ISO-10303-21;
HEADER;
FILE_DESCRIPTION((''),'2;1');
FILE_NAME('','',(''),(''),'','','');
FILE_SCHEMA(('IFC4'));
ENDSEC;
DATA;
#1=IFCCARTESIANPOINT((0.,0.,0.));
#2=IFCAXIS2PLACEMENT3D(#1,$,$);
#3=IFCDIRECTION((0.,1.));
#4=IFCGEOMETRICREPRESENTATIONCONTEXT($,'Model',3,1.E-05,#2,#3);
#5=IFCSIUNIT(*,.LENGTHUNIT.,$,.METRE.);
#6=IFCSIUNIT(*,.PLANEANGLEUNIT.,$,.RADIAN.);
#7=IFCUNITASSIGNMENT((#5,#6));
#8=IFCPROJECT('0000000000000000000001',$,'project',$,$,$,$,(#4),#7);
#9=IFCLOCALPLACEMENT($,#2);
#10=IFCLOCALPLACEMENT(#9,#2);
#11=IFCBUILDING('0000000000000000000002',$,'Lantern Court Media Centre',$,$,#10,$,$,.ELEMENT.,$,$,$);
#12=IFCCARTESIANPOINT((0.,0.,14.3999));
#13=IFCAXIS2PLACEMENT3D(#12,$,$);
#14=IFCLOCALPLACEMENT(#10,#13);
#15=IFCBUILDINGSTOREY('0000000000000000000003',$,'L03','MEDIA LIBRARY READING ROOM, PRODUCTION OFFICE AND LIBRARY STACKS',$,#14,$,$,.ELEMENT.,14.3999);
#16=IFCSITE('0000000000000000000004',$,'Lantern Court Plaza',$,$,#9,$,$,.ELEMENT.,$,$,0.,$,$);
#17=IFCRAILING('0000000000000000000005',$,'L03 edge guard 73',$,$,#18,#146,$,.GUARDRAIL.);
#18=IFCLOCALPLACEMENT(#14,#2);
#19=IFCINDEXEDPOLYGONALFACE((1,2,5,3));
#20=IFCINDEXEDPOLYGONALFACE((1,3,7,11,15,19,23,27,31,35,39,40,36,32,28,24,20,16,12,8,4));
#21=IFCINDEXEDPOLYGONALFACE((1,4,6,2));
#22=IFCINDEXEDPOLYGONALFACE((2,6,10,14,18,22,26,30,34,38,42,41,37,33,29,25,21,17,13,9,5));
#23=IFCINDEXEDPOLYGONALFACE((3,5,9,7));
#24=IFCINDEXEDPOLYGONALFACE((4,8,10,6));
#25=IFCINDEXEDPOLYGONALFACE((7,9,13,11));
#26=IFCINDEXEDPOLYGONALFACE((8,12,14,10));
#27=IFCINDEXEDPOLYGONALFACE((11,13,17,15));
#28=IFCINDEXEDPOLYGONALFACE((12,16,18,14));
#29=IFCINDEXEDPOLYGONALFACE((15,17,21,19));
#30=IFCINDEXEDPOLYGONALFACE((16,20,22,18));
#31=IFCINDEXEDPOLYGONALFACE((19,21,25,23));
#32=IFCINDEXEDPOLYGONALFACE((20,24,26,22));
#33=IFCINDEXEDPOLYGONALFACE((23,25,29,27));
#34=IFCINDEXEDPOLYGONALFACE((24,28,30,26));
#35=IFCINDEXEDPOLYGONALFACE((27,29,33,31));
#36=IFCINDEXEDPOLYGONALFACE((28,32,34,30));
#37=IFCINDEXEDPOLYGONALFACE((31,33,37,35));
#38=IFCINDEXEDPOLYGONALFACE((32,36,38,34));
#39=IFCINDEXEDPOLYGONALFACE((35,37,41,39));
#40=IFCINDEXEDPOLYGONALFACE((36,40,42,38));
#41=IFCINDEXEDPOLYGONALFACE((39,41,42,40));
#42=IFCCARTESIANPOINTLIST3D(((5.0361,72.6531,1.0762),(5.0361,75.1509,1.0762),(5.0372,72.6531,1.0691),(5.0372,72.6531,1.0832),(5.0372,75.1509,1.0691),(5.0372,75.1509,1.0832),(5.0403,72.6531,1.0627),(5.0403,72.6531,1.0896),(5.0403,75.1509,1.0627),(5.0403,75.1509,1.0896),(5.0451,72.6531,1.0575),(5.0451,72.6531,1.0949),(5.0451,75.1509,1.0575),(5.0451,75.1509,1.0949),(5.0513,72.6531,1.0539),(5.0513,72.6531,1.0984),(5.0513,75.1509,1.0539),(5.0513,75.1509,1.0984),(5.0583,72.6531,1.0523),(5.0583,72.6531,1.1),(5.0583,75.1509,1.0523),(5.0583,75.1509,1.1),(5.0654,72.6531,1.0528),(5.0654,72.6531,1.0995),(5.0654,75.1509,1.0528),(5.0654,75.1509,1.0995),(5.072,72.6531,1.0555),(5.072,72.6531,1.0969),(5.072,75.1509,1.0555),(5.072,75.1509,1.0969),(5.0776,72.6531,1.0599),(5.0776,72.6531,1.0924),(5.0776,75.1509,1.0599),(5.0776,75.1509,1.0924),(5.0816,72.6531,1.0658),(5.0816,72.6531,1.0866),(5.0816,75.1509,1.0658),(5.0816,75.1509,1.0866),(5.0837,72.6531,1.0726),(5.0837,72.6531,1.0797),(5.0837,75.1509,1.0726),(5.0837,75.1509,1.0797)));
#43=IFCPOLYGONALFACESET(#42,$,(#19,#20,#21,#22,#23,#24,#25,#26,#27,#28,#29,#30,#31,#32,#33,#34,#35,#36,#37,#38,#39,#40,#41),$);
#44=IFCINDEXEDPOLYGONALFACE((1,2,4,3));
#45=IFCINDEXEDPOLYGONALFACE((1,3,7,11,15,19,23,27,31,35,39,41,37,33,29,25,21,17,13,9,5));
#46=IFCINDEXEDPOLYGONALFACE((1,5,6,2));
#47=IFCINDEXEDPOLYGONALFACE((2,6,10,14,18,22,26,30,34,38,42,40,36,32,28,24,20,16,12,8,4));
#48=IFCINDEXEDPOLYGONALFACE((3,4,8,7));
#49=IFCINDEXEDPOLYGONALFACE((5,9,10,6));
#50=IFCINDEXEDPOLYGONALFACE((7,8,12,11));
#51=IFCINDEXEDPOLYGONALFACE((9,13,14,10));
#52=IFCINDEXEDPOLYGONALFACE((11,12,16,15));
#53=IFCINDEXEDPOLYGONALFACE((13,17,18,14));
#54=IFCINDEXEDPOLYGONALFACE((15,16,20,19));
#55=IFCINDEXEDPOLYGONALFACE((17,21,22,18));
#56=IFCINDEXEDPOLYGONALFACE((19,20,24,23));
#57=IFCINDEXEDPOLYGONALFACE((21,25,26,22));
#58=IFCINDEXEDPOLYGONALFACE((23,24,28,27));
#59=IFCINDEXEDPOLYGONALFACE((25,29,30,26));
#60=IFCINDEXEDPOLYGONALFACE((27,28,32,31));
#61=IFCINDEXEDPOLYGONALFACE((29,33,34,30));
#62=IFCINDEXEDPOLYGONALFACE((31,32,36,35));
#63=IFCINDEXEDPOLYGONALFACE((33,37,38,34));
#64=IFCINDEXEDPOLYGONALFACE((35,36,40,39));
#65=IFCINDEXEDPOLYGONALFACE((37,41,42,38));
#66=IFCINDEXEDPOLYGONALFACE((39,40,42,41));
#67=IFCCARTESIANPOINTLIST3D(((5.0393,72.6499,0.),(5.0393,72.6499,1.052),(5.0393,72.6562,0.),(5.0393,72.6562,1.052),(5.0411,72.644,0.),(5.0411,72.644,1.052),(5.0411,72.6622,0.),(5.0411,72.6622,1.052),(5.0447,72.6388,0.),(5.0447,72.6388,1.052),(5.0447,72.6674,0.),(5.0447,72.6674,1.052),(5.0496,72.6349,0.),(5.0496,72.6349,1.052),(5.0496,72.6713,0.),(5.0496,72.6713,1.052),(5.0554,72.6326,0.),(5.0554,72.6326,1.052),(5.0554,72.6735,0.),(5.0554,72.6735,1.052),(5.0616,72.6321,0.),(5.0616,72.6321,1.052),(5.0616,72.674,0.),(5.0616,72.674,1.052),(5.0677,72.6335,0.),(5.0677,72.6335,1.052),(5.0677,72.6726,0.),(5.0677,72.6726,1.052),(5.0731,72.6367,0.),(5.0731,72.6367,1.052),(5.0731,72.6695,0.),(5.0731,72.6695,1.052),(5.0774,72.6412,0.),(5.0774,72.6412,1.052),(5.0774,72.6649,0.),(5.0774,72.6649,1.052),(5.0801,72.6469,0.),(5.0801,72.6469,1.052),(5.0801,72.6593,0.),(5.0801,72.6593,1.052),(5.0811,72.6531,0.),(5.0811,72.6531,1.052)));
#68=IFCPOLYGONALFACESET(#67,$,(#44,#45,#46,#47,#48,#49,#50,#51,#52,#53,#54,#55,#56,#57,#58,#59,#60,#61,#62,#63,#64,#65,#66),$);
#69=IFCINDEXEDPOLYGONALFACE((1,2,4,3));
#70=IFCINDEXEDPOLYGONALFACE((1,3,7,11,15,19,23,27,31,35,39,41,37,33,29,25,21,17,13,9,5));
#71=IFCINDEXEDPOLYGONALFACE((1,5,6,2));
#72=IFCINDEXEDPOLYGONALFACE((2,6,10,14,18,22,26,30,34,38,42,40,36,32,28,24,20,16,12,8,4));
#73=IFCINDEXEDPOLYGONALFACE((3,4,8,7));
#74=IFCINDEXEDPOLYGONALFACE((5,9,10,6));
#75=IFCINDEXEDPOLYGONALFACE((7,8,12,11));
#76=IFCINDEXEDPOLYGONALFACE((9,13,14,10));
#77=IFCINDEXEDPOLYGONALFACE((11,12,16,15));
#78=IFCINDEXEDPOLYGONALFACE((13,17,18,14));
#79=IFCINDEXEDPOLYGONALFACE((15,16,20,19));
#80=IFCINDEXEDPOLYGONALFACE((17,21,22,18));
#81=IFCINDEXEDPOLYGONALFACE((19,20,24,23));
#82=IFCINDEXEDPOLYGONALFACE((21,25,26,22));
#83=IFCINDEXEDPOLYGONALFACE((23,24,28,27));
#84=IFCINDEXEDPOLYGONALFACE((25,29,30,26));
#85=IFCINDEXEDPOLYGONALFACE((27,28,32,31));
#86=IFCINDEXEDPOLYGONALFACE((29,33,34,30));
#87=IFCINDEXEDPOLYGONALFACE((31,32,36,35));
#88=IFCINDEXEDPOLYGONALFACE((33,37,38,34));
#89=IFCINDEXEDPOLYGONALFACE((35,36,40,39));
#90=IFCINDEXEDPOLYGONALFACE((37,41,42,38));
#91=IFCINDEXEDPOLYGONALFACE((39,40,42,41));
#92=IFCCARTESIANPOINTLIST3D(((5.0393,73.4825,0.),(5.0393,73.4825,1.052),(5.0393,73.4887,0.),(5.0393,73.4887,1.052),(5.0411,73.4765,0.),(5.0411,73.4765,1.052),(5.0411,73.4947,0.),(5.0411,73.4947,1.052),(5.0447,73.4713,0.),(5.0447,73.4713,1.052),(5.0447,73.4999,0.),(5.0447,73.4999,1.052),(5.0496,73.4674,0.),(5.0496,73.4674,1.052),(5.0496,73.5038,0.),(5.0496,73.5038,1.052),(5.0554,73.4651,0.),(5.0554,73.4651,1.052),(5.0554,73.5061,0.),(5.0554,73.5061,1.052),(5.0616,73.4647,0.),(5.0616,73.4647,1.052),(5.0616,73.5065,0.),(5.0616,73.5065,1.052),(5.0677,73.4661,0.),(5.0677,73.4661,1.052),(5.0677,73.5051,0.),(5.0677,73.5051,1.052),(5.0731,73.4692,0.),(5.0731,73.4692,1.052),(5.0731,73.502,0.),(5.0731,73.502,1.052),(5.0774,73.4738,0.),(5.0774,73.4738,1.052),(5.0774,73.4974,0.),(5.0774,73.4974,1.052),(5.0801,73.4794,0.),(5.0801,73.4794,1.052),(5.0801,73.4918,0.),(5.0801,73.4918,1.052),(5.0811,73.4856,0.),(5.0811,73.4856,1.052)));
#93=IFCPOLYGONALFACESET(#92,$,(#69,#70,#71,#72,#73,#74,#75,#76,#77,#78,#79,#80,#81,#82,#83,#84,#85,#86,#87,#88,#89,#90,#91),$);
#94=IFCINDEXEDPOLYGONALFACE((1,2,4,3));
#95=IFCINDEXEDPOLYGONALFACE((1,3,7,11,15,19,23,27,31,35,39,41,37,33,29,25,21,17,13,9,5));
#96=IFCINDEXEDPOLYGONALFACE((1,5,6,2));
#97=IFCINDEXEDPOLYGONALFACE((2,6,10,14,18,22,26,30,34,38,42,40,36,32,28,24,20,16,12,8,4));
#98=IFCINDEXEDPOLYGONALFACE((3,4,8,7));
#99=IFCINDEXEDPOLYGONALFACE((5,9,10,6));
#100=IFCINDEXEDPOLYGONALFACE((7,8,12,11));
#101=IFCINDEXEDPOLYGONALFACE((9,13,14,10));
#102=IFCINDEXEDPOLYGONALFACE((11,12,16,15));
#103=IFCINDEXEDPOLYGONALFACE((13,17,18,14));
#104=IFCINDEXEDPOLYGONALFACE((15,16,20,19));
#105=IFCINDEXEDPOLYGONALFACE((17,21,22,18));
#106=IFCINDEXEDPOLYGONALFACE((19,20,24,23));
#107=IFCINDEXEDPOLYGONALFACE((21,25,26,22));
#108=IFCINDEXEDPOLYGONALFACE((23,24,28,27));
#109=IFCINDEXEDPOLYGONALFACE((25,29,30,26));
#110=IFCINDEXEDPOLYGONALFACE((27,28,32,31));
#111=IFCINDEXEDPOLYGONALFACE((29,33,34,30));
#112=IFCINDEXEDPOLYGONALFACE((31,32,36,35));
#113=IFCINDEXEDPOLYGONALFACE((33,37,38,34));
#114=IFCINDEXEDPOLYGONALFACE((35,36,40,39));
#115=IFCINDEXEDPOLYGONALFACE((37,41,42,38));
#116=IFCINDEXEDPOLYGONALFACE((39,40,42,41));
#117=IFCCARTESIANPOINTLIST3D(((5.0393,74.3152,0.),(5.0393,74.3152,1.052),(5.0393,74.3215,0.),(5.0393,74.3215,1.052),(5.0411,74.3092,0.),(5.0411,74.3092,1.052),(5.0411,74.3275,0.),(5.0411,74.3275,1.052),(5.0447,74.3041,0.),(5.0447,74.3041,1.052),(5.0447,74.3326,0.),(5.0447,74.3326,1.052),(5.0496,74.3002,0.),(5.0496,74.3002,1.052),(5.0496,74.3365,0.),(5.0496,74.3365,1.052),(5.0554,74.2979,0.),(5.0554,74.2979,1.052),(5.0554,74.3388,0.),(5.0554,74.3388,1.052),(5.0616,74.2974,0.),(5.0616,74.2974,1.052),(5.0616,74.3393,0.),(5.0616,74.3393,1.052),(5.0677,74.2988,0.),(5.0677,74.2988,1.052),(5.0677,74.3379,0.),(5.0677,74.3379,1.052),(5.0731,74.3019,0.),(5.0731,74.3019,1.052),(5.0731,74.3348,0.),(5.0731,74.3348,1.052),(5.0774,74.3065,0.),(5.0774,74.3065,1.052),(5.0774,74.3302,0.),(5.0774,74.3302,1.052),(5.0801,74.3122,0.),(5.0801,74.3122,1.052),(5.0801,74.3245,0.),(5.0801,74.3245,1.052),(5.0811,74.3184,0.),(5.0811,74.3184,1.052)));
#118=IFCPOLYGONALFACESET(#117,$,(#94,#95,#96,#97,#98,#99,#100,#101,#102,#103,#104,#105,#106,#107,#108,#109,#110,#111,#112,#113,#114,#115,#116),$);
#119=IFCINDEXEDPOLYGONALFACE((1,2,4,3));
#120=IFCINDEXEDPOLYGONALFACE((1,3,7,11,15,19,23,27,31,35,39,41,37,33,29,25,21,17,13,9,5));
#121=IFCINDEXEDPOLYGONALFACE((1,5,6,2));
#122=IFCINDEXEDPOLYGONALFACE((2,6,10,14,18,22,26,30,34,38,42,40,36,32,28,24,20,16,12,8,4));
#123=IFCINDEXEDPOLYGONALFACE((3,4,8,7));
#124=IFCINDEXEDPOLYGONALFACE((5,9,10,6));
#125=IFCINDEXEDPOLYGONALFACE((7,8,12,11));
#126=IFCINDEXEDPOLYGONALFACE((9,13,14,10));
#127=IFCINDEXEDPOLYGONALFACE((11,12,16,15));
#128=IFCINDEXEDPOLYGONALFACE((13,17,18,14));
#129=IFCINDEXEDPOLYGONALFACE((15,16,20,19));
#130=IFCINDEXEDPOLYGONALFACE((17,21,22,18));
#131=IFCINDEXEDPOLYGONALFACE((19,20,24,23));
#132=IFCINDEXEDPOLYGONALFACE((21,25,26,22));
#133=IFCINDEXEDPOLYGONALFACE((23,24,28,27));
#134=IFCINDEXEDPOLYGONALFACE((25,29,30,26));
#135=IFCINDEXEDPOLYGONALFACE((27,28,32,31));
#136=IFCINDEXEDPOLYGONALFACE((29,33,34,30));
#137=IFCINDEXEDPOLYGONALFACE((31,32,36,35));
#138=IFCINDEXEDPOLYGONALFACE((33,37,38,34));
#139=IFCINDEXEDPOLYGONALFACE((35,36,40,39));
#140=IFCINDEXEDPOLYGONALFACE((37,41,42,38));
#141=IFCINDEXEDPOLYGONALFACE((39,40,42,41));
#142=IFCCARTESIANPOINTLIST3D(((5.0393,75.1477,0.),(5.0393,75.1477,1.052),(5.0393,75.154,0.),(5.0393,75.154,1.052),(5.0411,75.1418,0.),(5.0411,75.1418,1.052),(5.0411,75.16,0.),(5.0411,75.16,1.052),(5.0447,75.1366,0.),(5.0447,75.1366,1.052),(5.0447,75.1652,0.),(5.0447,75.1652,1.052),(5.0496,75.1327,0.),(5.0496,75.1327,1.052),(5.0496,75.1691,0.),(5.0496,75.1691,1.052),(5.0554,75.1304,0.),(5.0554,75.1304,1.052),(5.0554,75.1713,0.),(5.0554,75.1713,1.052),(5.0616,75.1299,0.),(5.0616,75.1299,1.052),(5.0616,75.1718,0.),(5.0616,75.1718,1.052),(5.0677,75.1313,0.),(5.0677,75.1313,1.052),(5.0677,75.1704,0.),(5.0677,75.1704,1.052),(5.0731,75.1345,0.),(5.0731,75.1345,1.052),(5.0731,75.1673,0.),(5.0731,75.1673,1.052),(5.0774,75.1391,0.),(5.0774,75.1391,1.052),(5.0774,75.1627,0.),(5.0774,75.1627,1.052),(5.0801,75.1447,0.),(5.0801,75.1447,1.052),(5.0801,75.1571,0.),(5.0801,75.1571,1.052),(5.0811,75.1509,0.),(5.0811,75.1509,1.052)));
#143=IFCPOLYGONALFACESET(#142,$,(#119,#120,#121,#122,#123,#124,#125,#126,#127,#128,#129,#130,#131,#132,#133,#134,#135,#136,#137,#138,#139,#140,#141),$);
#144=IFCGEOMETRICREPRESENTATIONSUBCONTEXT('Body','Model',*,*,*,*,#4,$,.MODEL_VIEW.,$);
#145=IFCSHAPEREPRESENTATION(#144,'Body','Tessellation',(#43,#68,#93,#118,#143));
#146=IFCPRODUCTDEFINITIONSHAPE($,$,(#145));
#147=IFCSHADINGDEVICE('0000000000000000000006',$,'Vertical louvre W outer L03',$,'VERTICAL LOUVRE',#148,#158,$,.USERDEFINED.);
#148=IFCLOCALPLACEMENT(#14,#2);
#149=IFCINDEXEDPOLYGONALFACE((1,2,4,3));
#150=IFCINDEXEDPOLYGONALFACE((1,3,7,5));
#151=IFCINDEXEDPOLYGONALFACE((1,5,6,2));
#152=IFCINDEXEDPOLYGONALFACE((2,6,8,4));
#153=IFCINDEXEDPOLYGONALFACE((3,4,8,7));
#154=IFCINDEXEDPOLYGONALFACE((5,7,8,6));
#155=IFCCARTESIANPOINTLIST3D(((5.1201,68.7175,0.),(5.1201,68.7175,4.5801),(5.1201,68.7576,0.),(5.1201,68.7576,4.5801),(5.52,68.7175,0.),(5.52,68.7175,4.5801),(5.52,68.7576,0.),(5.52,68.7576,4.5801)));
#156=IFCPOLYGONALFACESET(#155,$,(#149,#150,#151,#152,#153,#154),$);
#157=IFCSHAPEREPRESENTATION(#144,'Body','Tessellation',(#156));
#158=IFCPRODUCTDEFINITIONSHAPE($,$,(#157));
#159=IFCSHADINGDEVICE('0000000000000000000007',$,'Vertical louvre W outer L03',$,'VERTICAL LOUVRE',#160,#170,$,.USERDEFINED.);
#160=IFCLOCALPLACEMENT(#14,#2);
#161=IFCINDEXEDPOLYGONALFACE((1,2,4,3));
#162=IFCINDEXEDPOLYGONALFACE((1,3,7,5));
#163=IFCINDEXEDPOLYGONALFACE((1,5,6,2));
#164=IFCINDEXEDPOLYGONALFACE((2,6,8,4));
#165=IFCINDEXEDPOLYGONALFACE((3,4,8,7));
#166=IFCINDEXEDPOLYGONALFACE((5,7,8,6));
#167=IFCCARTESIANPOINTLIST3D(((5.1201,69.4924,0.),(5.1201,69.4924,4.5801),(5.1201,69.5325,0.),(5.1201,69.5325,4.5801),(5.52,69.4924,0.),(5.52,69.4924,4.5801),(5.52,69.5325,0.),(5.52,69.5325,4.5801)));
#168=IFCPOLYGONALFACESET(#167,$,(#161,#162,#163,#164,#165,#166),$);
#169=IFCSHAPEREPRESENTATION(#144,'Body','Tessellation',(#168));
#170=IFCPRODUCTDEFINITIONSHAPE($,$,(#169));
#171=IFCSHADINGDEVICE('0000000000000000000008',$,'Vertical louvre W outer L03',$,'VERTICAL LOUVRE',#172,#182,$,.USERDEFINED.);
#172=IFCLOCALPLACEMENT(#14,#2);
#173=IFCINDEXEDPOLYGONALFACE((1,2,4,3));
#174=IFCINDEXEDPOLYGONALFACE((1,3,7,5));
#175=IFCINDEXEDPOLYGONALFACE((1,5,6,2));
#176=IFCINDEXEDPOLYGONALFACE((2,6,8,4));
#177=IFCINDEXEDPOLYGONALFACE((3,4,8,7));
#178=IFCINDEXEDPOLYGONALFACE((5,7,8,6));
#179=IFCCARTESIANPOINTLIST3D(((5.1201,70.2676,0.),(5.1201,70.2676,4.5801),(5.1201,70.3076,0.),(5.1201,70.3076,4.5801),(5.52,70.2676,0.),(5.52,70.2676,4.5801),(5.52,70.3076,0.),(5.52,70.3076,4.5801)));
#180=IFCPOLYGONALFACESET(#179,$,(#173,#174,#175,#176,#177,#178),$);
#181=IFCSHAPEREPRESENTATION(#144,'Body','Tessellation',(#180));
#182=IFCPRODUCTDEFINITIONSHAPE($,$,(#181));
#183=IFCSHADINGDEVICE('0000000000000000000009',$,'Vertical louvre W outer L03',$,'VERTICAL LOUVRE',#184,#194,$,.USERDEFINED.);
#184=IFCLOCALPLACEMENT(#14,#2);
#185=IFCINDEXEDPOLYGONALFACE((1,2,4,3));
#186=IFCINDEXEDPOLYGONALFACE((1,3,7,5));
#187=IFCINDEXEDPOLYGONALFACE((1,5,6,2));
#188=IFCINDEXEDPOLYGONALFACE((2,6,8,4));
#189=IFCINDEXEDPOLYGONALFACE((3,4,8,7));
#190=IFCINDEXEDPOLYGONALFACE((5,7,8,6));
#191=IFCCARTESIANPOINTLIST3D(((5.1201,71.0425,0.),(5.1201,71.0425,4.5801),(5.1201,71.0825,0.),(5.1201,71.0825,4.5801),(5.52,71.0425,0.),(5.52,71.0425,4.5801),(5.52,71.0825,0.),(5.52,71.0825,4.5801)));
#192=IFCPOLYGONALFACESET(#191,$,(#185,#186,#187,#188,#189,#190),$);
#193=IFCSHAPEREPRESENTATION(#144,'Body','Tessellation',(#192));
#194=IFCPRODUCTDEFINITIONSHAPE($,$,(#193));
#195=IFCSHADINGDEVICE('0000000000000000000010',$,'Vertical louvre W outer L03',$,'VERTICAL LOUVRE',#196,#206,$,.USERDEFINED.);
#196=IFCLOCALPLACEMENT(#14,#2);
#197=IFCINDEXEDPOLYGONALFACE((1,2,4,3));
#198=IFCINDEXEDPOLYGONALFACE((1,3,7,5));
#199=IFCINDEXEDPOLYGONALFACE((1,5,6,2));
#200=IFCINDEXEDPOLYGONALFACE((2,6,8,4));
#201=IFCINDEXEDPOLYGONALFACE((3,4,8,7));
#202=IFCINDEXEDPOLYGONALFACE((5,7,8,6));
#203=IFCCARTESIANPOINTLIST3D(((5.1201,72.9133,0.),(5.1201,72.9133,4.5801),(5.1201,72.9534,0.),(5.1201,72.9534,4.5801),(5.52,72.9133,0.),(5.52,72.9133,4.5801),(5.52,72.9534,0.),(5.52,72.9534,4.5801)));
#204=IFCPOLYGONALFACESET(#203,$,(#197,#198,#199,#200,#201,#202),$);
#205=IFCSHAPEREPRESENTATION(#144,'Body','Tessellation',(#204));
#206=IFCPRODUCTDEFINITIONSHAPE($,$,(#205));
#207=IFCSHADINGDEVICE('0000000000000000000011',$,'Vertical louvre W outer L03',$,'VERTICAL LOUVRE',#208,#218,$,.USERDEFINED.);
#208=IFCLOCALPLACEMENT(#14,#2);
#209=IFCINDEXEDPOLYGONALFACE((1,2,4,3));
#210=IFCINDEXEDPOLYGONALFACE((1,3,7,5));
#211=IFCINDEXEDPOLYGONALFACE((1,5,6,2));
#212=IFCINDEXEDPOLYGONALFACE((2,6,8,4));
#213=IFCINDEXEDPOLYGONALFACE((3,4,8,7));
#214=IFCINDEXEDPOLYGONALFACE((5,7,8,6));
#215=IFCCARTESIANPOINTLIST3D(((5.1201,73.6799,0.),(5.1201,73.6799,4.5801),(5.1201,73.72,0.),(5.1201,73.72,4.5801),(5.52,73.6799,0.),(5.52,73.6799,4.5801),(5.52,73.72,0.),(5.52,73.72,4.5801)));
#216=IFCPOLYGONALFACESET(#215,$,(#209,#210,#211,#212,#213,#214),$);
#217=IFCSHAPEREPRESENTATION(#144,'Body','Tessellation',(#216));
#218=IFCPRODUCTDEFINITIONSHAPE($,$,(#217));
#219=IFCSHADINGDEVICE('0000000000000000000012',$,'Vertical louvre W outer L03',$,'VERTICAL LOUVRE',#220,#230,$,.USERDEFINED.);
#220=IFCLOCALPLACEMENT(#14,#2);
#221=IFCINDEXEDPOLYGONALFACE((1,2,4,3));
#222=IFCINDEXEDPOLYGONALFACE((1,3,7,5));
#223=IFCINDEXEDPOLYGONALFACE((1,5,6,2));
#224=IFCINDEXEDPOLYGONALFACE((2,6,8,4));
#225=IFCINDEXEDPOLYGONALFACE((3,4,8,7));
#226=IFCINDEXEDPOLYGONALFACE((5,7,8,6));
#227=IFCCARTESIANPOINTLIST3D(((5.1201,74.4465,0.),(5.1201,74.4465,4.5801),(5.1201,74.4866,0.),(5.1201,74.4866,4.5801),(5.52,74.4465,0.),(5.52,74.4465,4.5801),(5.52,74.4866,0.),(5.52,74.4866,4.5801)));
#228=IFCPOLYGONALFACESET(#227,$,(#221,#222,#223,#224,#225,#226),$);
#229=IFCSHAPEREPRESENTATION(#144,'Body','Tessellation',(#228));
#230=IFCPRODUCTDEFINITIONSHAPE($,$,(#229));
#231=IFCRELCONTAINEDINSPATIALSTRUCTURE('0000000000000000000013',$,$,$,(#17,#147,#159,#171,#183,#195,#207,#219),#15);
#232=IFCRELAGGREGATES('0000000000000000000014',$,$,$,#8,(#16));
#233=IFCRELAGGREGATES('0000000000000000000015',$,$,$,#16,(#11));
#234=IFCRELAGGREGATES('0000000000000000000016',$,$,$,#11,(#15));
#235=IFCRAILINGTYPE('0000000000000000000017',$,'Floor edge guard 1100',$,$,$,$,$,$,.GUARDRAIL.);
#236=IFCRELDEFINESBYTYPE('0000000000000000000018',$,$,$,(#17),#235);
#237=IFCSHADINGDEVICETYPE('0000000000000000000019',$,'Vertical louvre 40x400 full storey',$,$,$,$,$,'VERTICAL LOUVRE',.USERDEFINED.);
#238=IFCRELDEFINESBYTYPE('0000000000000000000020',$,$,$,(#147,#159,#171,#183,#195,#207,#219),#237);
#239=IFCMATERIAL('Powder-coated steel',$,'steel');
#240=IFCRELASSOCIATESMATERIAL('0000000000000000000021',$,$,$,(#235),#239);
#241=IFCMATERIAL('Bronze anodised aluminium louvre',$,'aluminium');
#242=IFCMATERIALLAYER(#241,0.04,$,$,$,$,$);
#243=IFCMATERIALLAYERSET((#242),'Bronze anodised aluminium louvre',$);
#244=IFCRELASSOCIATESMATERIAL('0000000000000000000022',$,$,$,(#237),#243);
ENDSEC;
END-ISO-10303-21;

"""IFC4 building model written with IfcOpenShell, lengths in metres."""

from ifc_helpers import new_model, si_unit, direction, frame, origin, origin_2d, place, context, subcontext, project, spatial, rectangle, circle, extrude, material, layer, layer_set, type_object, element, save


model = new_model("IFC4")

# Units and contexts
model_context = context("Model", 3, precision=1e-05, world=origin(), true_north=direction((0.0, 1.0)))
body_context = subcontext(model_context, "Body", "Model", "MODEL_VIEW")
ifc_project = project(units=[si_unit("LENGTHUNIT", "METRE"), si_unit("PLANEANGLEUNIT", "RADIAN")], contexts=[model_context])

# Site, building, storey
site_placement = place(None, origin())
site = spatial("IfcSite", under=ifc_project, at=site_placement, Name="Lantern Court Plaza", CompositionType="ELEMENT", RefElevation=0.0)
building_placement = place(site_placement, origin())
building = spatial("IfcBuilding", under=site, at=building_placement, Name="Lantern Court Media Centre", CompositionType="ELEMENT")
storey_placement = place(building_placement, frame((0.0, 0.0, 14.3999)))
storey = spatial("IfcBuildingStorey", under=building, at=storey_placement, Name="L03", Description="MEDIA LIBRARY READING ROOM, PRODUCTION OFFICE AND LIBRARY STACKS", CompositionType="ELEMENT", Elevation=14.3999)

# Railing
ifc_material_1 = material(Name="Powder-coated steel", Category="steel")
railing_type = type_object("IfcRailingType", Name="Floor edge guard 1100", PredefinedType="GUARDRAIL", material=ifc_material_1)
railing_1_placement = place(storey_placement, frame((5.0601, 72.6531, 0.0)))
element("IfcRailing", 1, at=railing_1_placement, inside=storey, type_object=railing_type, Name="L03 edge guard 73", PredefinedType="GUARDRAIL", context=body_context, shape_type="SweptSolid", body=[
    extrude(circle(Radius=0.0239, at=origin_2d()), frame((0.0, 0.0, 1.0762), z_axis=(0.0, 1.0, 0.0), x_axis=(-1.0, 0.0, 0.0)), (0.0, 0.0, 1.0), 2.4978),
    extrude(circle(Radius=0.021, at=origin_2d()), origin(), (0.0, 0.0, 1.0), 1.052),
    extrude(circle(Radius=0.021, at=origin_2d()), frame((0.0, 0.8325, 0.0)), (0.0, 0.0, 1.0), 1.052),
    extrude(circle(Radius=0.021, at=origin_2d()), frame((0.0, 1.6653, 0.0)), (0.0, 0.0, 1.0), 1.052),
    extrude(circle(Radius=0.021, at=origin_2d()), frame((0.0, 2.4978, 0.0)), (0.0, 0.0, 1.0), 1.052),
])

# Shading devices
ifc_material_2 = material(Name="Bronze anodised aluminium louvre", Category="aluminium")
ifc_layer_1 = layer(ifc_material_2, 0.04)
ifc_layer_set_1 = layer_set([ifc_layer_1], Name="Bronze anodised aluminium louvre")
shading_device_type = type_object("IfcShadingDeviceType", Name="Vertical louvre 40x400 full storey", ElementType="VERTICAL LOUVRE", PredefinedType="USERDEFINED", material=ifc_layer_set_1)
for number, where, z_axis, x_axis, name in (
    (2, (5.3201, 68.7375, 0.0), (0.0, 0.0, 1.0), (1.0, 0.0, 0.0), "Vertical louvre W outer L03"),
    (3, (5.3201, 69.5125, 0.0), (0.0, 0.0, 1.0), (1.0, 0.0, 0.0), "Vertical louvre W outer L03"),
    (4, (5.3201, 70.2876, 0.0), (0.0, 0.0, 1.0), (1.0, 0.0, 0.0), "Vertical louvre W outer L03"),
    (5, (5.3201, 71.0625, 0.0), (0.0, 0.0, 1.0), (1.0, 0.0, 0.0), "Vertical louvre W outer L03"),
    (6, (5.3201, 72.9333, 0.0), (0.0, 0.0, 1.0), (1.0, 0.0, 0.0), "Vertical louvre W outer L03"),
    (7, (5.3201, 73.7, 0.0), (0.0, 0.0, 1.0), (1.0, 0.0, 0.0), "Vertical louvre W outer L03"),
    (8, (5.3201, 74.4666, 0.0), (0.0, 0.0, 1.0), (1.0, 0.0, 0.0), "Vertical louvre W outer L03"),
):
    element("IfcShadingDevice", number, at=place(storey_placement, frame(where, z_axis=z_axis, x_axis=x_axis)), inside=storey, type_object=shading_device_type, Name=name, ObjectType="VERTICAL LOUVRE", PredefinedType="USERDEFINED", context=body_context, shape_type="SweptSolid", body=[
        extrude(rectangle(XDim=0.3999, YDim=0.04, at=origin_2d()), origin(), (0.0, 0.0, 1.0), 4.5801),
    ])

save(model, "model.ifc")
